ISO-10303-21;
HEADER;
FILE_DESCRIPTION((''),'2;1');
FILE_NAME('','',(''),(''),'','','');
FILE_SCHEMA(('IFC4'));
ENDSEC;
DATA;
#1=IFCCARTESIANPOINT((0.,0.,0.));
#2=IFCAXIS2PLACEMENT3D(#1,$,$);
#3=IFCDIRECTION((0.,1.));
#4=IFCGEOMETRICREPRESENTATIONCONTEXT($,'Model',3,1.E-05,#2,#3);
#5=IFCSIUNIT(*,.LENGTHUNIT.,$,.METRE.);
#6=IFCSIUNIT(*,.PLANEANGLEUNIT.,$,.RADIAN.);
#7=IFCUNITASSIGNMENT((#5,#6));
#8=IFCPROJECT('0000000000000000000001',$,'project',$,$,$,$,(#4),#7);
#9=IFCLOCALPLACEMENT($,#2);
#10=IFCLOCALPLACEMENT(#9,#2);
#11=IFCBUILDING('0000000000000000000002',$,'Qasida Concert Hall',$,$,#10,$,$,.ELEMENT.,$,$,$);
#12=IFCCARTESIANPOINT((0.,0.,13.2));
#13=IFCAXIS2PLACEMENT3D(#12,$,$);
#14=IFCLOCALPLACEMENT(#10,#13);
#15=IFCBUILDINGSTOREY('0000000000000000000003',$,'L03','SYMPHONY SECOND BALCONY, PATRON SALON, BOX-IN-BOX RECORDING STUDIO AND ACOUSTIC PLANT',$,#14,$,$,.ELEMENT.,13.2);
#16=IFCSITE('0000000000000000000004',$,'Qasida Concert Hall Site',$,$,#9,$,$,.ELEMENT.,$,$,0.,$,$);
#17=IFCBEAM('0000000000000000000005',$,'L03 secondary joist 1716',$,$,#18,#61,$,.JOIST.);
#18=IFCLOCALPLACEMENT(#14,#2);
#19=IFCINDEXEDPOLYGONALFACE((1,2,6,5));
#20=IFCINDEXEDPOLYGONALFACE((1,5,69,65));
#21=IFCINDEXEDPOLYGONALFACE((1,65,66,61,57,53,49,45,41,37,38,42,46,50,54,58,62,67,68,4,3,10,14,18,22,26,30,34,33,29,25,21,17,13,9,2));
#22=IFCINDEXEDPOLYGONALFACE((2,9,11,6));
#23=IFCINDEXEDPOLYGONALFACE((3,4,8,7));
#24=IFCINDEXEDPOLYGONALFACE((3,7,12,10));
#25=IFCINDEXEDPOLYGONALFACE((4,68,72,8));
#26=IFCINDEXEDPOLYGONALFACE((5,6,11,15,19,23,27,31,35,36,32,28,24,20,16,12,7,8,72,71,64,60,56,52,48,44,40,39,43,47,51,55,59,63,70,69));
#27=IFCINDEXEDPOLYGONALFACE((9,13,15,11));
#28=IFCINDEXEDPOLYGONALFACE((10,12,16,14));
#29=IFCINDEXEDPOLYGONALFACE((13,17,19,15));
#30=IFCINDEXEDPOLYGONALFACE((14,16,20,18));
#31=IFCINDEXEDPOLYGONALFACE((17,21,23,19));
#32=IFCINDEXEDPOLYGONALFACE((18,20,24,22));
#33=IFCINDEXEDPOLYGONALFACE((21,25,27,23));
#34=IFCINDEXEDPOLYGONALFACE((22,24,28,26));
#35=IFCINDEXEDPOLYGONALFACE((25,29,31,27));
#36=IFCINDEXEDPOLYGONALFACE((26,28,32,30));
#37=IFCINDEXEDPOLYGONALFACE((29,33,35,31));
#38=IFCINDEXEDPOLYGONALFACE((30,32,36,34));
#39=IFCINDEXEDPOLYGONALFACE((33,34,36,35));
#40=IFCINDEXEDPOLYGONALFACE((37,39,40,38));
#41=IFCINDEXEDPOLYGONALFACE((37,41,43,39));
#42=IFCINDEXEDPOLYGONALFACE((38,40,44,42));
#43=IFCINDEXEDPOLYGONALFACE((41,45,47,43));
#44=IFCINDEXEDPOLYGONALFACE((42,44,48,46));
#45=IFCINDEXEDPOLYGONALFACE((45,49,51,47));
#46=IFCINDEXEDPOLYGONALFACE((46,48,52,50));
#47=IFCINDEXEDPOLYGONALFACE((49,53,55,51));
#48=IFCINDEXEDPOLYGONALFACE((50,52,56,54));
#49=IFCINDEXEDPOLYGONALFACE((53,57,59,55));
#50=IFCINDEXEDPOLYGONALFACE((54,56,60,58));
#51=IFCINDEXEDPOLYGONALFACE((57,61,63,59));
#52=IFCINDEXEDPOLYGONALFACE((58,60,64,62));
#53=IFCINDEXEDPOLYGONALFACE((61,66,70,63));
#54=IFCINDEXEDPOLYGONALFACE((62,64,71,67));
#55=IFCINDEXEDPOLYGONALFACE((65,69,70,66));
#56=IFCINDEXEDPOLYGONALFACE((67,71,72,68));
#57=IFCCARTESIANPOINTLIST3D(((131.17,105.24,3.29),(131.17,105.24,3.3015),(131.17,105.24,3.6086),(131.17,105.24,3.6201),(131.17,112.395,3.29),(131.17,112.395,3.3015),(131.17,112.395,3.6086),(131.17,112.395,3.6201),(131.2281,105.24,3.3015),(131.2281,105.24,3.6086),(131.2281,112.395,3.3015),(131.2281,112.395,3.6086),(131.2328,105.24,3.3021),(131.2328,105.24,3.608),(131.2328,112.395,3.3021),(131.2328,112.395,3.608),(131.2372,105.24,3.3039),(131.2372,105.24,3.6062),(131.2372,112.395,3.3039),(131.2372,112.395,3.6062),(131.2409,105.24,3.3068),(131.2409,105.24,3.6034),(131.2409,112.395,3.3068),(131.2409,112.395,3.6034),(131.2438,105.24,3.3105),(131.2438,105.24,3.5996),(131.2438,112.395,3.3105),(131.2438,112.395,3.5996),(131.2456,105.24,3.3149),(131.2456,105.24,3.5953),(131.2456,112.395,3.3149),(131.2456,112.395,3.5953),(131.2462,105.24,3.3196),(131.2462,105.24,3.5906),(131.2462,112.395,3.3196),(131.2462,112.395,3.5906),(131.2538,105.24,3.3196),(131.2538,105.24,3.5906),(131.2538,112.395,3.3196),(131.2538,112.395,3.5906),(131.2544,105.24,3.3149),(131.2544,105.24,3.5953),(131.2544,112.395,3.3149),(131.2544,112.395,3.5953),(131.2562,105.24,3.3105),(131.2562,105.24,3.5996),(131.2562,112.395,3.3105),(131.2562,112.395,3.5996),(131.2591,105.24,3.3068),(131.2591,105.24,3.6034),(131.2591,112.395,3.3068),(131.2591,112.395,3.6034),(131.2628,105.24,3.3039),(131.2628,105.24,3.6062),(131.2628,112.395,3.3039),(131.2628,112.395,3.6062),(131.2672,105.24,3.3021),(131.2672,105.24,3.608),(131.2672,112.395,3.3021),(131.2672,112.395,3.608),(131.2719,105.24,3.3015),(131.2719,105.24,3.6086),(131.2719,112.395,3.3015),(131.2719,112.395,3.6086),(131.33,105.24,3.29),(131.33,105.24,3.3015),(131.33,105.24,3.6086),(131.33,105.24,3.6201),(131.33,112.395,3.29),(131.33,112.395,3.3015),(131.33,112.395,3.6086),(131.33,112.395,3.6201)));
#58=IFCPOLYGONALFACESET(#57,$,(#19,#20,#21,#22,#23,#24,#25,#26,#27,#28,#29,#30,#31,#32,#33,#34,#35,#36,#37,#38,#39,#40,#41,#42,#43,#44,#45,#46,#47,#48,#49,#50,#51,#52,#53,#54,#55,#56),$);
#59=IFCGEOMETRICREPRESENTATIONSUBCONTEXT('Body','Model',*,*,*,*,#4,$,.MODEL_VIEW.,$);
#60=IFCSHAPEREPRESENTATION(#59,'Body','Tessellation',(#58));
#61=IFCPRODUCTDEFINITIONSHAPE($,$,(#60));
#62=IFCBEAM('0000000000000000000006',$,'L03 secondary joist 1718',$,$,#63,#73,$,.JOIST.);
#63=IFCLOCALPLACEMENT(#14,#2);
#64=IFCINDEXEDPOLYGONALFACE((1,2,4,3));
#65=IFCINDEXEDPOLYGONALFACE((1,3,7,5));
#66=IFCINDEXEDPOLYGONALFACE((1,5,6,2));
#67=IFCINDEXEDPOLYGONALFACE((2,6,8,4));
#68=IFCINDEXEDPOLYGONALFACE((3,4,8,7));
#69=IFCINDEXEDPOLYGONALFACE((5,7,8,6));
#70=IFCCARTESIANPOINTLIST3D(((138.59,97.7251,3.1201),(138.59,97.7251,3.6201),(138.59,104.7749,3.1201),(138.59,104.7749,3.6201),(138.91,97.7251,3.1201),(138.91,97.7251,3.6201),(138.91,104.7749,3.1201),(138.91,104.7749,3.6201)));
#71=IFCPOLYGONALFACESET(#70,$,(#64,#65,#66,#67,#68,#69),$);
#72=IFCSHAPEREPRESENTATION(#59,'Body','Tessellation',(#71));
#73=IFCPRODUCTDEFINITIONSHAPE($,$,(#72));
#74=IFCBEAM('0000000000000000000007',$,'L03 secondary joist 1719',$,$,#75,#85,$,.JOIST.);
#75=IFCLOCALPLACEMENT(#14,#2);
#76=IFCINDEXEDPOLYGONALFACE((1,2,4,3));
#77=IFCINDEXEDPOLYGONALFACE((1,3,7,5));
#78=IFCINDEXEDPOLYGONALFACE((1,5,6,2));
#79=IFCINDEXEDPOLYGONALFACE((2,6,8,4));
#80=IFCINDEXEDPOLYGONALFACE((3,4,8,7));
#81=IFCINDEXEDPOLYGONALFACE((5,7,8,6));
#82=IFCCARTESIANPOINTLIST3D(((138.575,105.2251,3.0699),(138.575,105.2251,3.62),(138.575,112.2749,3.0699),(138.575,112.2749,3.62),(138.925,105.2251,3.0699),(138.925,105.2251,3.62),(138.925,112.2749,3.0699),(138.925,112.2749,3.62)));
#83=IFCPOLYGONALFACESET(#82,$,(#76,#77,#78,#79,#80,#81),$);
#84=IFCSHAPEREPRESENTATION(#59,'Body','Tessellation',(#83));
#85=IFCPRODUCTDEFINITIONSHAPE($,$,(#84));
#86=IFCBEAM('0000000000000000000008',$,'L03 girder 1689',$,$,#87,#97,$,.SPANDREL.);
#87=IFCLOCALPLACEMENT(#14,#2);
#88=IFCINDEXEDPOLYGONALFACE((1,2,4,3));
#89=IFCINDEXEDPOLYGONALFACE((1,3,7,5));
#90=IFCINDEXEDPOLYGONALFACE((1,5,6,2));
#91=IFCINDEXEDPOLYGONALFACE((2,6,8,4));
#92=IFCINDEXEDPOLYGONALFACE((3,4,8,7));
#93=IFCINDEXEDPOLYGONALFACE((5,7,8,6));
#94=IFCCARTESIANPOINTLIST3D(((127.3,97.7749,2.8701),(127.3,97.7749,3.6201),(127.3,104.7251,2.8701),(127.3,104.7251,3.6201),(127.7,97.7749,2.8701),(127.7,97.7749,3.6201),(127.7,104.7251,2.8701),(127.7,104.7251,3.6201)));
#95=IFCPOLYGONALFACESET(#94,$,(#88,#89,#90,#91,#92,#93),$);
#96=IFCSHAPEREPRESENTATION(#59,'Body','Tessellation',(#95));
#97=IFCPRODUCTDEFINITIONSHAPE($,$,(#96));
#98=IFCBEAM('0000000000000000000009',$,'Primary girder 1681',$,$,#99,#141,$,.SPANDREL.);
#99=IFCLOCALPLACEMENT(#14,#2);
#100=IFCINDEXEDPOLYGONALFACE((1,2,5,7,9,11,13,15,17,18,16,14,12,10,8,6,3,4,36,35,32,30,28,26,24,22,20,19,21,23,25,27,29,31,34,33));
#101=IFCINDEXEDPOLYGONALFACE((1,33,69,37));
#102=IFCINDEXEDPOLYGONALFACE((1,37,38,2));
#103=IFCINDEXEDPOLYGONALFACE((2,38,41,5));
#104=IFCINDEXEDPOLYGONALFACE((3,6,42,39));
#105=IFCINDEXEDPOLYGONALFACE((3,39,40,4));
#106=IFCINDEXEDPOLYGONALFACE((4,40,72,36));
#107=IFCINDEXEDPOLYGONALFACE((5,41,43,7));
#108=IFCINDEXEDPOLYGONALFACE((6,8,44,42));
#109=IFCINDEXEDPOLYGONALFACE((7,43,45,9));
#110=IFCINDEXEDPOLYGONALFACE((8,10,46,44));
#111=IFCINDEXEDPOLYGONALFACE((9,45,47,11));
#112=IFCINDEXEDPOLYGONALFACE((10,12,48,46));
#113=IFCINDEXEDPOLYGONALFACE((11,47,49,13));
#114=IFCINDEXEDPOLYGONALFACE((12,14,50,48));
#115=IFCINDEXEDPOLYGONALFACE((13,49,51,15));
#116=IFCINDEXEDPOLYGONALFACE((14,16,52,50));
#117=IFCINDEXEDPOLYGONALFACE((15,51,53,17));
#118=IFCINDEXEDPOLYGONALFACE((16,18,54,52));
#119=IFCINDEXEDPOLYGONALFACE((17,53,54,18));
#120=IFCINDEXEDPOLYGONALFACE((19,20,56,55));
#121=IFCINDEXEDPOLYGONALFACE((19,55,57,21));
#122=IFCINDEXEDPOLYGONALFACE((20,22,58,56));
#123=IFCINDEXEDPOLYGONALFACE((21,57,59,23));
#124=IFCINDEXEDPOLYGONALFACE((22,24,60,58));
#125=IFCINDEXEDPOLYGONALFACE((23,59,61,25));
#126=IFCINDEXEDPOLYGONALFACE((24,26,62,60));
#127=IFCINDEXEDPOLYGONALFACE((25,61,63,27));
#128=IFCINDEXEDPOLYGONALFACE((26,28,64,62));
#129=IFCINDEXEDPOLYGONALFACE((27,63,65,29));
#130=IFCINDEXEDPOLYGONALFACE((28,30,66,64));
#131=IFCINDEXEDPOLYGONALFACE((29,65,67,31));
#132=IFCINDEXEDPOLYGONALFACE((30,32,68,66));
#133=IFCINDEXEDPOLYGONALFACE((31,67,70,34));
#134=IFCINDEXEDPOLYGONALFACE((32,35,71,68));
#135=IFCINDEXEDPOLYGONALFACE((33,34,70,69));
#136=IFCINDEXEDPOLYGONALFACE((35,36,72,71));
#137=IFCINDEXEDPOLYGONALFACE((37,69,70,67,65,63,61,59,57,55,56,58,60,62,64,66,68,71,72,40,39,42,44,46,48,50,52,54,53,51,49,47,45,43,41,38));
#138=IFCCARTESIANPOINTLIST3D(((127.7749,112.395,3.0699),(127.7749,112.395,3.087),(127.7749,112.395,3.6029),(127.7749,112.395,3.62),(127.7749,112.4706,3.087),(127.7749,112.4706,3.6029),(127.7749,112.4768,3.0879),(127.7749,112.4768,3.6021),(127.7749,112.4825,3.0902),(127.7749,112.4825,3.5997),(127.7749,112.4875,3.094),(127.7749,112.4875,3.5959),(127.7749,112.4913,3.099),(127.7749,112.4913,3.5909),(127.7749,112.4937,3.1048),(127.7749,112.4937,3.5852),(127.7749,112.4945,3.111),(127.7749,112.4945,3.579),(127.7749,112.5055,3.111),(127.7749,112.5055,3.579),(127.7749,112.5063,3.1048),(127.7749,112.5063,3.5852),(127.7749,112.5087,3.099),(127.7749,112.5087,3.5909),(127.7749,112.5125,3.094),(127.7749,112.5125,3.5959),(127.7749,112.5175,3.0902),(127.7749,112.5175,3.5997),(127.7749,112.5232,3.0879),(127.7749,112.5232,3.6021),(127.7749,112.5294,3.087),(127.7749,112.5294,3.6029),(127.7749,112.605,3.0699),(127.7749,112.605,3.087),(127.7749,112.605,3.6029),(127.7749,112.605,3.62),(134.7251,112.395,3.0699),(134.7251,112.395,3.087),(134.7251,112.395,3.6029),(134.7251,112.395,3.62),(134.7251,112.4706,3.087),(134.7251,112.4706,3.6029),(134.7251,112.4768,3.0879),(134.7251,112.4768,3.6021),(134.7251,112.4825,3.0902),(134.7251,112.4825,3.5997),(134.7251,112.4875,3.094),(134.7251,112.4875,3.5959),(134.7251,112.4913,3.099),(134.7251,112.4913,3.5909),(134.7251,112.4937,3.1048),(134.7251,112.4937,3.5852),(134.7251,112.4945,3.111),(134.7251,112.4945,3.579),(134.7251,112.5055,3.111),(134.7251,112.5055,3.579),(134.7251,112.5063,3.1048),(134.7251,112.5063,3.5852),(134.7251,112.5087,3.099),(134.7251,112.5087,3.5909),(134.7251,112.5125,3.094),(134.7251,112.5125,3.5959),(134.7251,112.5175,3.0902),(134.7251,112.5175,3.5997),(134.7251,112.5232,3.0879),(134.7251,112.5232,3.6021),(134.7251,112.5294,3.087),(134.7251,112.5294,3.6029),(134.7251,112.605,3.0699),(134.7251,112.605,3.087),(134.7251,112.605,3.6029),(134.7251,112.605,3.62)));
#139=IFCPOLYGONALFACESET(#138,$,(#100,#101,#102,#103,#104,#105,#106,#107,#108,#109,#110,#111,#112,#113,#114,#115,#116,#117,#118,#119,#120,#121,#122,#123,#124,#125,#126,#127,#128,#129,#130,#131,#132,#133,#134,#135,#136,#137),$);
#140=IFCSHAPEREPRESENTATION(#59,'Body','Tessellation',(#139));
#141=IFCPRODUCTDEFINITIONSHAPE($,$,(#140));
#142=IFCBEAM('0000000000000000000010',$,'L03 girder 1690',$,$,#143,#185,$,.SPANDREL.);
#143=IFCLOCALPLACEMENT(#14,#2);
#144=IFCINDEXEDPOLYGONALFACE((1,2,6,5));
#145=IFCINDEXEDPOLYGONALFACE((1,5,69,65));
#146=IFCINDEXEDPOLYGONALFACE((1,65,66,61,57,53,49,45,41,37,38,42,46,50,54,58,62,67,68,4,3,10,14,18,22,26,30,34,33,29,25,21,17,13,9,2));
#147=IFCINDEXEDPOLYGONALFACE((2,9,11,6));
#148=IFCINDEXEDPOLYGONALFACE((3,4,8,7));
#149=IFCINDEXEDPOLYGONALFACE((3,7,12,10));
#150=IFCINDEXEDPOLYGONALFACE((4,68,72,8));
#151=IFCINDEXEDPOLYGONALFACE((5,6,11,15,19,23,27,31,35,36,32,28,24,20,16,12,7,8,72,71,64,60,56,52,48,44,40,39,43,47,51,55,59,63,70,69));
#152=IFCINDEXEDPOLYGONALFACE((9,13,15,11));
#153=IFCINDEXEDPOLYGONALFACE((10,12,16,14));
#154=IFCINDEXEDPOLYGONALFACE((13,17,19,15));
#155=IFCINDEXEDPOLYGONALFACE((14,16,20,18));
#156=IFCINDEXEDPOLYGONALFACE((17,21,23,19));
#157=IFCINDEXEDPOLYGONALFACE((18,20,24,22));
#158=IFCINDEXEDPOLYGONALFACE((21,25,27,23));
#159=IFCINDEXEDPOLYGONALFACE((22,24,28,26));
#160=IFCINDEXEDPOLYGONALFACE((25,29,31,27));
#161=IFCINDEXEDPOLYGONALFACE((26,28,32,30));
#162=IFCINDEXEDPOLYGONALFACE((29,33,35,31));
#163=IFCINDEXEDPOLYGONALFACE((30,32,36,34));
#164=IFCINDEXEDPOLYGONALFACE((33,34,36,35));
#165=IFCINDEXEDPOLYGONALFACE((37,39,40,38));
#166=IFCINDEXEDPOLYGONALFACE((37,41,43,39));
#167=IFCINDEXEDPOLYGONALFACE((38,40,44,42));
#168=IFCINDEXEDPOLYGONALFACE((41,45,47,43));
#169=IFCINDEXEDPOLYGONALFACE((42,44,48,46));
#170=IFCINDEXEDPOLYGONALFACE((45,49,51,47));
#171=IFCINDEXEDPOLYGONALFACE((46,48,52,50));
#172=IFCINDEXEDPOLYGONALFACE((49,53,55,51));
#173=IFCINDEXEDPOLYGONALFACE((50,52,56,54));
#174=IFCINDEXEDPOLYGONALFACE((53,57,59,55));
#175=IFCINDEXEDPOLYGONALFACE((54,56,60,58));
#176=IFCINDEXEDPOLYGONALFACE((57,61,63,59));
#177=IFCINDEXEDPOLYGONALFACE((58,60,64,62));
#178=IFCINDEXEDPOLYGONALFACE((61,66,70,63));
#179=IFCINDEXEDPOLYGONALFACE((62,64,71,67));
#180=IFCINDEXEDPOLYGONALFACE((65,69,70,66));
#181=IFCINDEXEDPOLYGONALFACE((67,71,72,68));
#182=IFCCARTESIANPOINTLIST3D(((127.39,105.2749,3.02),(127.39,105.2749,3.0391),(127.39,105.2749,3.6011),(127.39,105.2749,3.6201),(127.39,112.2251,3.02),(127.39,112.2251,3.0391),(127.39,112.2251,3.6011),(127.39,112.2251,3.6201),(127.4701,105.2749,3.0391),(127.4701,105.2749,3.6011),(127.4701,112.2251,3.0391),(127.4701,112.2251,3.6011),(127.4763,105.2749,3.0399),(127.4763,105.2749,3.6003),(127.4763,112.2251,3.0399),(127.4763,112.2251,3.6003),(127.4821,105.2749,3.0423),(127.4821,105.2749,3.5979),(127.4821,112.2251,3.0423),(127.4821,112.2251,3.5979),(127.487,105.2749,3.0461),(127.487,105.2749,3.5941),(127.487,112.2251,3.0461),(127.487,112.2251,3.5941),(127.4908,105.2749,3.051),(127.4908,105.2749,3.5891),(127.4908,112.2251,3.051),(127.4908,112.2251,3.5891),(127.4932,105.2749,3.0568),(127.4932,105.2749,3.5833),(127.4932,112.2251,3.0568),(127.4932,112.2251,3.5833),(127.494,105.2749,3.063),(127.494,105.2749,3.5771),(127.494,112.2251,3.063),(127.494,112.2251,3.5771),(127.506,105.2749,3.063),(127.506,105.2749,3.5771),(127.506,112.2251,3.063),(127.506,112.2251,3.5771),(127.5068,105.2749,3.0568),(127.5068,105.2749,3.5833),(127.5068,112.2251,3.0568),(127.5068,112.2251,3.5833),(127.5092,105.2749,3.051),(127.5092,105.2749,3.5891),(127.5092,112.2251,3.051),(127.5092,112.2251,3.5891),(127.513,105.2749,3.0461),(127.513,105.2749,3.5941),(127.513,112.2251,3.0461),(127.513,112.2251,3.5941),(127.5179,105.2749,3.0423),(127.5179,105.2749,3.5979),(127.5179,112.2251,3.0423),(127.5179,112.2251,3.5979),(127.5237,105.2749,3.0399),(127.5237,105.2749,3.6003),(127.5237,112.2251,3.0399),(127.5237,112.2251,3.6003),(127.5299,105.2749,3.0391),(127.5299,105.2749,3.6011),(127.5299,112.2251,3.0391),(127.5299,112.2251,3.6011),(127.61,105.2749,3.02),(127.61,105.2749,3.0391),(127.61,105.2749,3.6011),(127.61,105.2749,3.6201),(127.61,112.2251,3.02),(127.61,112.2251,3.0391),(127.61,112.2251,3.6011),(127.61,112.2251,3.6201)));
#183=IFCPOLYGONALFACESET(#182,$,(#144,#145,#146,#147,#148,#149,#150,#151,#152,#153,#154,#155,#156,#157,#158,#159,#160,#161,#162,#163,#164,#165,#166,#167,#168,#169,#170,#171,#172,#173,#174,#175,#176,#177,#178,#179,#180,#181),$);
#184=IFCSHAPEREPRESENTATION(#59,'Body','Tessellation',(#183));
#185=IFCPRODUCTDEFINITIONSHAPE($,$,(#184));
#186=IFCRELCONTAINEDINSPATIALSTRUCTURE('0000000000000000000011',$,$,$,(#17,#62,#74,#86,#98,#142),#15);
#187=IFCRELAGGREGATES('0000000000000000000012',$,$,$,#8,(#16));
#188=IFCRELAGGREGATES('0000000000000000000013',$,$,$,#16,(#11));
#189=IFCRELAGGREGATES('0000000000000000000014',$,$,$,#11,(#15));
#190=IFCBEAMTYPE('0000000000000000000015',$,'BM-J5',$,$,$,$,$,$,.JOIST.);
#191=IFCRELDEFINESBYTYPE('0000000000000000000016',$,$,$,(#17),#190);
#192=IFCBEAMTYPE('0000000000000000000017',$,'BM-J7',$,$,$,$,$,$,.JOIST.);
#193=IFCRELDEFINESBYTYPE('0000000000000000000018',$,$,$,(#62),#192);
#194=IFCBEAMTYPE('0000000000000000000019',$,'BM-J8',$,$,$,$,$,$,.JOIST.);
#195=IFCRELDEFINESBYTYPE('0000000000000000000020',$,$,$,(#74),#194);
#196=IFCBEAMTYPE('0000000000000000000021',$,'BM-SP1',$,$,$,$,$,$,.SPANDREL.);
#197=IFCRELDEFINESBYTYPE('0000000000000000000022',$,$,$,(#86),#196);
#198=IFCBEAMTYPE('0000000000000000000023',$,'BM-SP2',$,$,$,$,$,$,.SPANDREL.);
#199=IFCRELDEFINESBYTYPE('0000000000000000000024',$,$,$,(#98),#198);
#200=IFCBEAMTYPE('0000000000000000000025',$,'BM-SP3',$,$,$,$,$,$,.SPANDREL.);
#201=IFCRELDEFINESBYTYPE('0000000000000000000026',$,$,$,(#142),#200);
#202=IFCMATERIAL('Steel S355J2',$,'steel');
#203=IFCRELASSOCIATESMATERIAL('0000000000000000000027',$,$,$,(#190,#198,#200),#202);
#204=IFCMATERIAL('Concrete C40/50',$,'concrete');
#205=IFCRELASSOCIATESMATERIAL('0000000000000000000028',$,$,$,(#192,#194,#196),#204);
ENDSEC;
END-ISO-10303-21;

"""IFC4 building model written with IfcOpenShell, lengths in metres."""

from ifc_helpers import new_model, si_unit, direction, frame, origin, origin_2d, place, context, subcontext, project, spatial, rectangle, i_section, extrude, material, material_profile, profile_set, type_object, element, save


model = new_model("IFC4")

# Units and contexts
model_context = context("Model", 3, precision=1e-05, world=origin(), true_north=direction((0.0, 1.0)))
body_context = subcontext(model_context, "Body", "Model", "MODEL_VIEW")
ifc_project = project(units=[si_unit("LENGTHUNIT", "METRE"), si_unit("PLANEANGLEUNIT", "RADIAN")], contexts=[model_context])

# Site, building, storey
site_placement = place(None, origin())
site = spatial("IfcSite", under=ifc_project, at=site_placement, Name="Qasida Concert Hall Site", CompositionType="ELEMENT", RefElevation=0.0)
building_placement = place(site_placement, origin())
building = spatial("IfcBuilding", under=site, at=building_placement, Name="Qasida Concert Hall", CompositionType="ELEMENT")
storey_placement = place(building_placement, frame((0.0, 0.0, 13.2)))
storey = spatial("IfcBuildingStorey", under=building, at=storey_placement, Name="L03", Description="SYMPHONY SECOND BALCONY, PATRON SALON, BOX-IN-BOX RECORDING STUDIO AND ACOUSTIC PLANT", CompositionType="ELEMENT", Elevation=13.2)

# Beams
ifc_material_1 = material(Name="Steel S355J2", Category="steel")
ifc_material_2 = material(Name="Concrete C40/50", Category="concrete")
ifc_material_profile_1 = material_profile(ifc_material_1, i_section(OverallWidth=0.1599, OverallDepth=0.3301, WebThickness=0.0076, FlangeThickness=0.0115, FilletRadius=0.0181, at=origin_2d()), Name="IPE 330")
ifc_profile_set_1 = profile_set([ifc_material_profile_1], Name="Steel S355J2")
beam_type_1 = type_object("IfcBeamType", Name="BM-J5", PredefinedType="JOIST", material=ifc_profile_set_1)
beam_1_placement = place(storey_placement, frame((131.25, 105.24, 3.4551), z_axis=(0.0, 1.0, 0.0), x_axis=(-1.0, 0.0, 0.0)))
element("IfcBeam", 1, at=beam_1_placement, inside=storey, type_object=beam_type_1, Name="L03 secondary joist 1716", PredefinedType="JOIST", context=body_context, shape_type="SweptSolid", body=[
    extrude(i_section(OverallWidth=0.1599, OverallDepth=0.3301, WebThickness=0.0076, FlangeThickness=0.0115, FilletRadius=0.0181, at=origin_2d()), origin(), (0.0, 0.0, 1.0), 7.155),
])
ifc_material_profile_2 = material_profile(ifc_material_2, rectangle(XDim=0.3201, YDim=0.5, at=origin_2d()), Name="RC 320x500")
ifc_profile_set_2 = profile_set([ifc_material_profile_2], Name="Concrete C40/50")
beam_type_2 = type_object("IfcBeamType", Name="BM-J7", PredefinedType="JOIST", material=ifc_profile_set_2)
beam_2_placement = place(storey_placement, frame((138.75, 97.7251, 3.3701), z_axis=(0.0, 1.0, 0.0), x_axis=(-1.0, 0.0, 0.0)))
element("IfcBeam", 2, at=beam_2_placement, inside=storey, type_object=beam_type_2, Name="L03 secondary joist 1718", PredefinedType="JOIST", context=body_context, shape_type="SweptSolid", body=[
    extrude(rectangle(XDim=0.3201, YDim=0.5, at=origin_2d()), origin(), (0.0, 0.0, 1.0), 7.0498),
])
ifc_material_profile_3 = material_profile(ifc_material_2, rectangle(XDim=0.3501, YDim=0.55, at=origin_2d()), Name="RC 350x550")
ifc_profile_set_3 = profile_set([ifc_material_profile_3], Name="Concrete C40/50")
beam_type_3 = type_object("IfcBeamType", Name="BM-J8", PredefinedType="JOIST", material=ifc_profile_set_3)
beam_3_placement = place(storey_placement, frame((138.75, 105.2251, 3.345), z_axis=(0.0, 1.0, 0.0), x_axis=(-1.0, 0.0, 0.0)))
element("IfcBeam", 3, at=beam_3_placement, inside=storey, type_object=beam_type_3, Name="L03 secondary joist 1719", PredefinedType="JOIST", context=body_context, shape_type="SweptSolid", body=[
    extrude(rectangle(XDim=0.3501, YDim=0.55, at=origin_2d()), origin(), (0.0, 0.0, 1.0), 7.0498),
])
ifc_material_profile_4 = material_profile(ifc_material_2, rectangle(XDim=0.3999, YDim=0.75, at=origin_2d()), Name="RC 400x750")
ifc_profile_set_4 = profile_set([ifc_material_profile_4], Name="Concrete C40/50")
beam_type_4 = type_object("IfcBeamType", Name="BM-SP1", PredefinedType="SPANDREL", material=ifc_profile_set_4)
beam_4_placement = place(storey_placement, frame((127.5, 97.7749, 3.2451), z_axis=(0.0, 1.0, 0.0), x_axis=(-1.0, 0.0, 0.0)))
element("IfcBeam", 4, at=beam_4_placement, inside=storey, type_object=beam_type_4, Name="L03 girder 1689", PredefinedType="SPANDREL", context=body_context, shape_type="SweptSolid", body=[
    extrude(rectangle(XDim=0.3999, YDim=0.75, at=origin_2d()), origin(), (0.0, 0.0, 1.0), 6.9502),
])
ifc_material_profile_5 = material_profile(ifc_material_1, i_section(OverallWidth=0.21, OverallDepth=0.55, WebThickness=0.011, FlangeThickness=0.0171, FilletRadius=0.0239, at=origin_2d()), Name="IPE 550")
ifc_profile_set_5 = profile_set([ifc_material_profile_5], Name="Steel S355J2")
beam_type_5 = type_object("IfcBeamType", Name="BM-SP2", PredefinedType="SPANDREL", material=ifc_profile_set_5)
beam_5_placement = place(storey_placement, frame((127.7749, 112.5, 3.345), z_axis=(1.0, 0.0, 0.0), x_axis=(0.0, 1.0, 0.0)))
element("IfcBeam", 5, at=beam_5_placement, inside=storey, type_object=beam_type_5, Name="Primary girder 1681", PredefinedType="SPANDREL", context=body_context, shape_type="SweptSolid", body=[
    extrude(i_section(OverallWidth=0.21, OverallDepth=0.55, WebThickness=0.011, FlangeThickness=0.0171, FilletRadius=0.0239, at=origin_2d()), origin(), (0.0, 0.0, 1.0), 6.9502),
])
ifc_material_profile_6 = material_profile(ifc_material_1, i_section(OverallWidth=0.22, OverallDepth=0.6001, WebThickness=0.012, FlangeThickness=0.019, FilletRadius=0.0239, at=origin_2d()), Name="IPE 600")
ifc_profile_set_6 = profile_set([ifc_material_profile_6], Name="Steel S355J2")
beam_type_6 = type_object("IfcBeamType", Name="BM-SP3", PredefinedType="SPANDREL", material=ifc_profile_set_6)
beam_6_placement = place(storey_placement, frame((127.5, 105.2749, 3.3201), z_axis=(0.0, 1.0, 0.0), x_axis=(-1.0, 0.0, 0.0)))
element("IfcBeam", 6, at=beam_6_placement, inside=storey, type_object=beam_type_6, Name="L03 girder 1690", PredefinedType="SPANDREL", context=body_context, shape_type="SweptSolid", body=[
    extrude(i_section(OverallWidth=0.22, OverallDepth=0.6001, WebThickness=0.012, FlangeThickness=0.019, FilletRadius=0.0239, at=origin_2d()), origin(), (0.0, 0.0, 1.0), 6.9502),
])

save(model, "model.ifc")
